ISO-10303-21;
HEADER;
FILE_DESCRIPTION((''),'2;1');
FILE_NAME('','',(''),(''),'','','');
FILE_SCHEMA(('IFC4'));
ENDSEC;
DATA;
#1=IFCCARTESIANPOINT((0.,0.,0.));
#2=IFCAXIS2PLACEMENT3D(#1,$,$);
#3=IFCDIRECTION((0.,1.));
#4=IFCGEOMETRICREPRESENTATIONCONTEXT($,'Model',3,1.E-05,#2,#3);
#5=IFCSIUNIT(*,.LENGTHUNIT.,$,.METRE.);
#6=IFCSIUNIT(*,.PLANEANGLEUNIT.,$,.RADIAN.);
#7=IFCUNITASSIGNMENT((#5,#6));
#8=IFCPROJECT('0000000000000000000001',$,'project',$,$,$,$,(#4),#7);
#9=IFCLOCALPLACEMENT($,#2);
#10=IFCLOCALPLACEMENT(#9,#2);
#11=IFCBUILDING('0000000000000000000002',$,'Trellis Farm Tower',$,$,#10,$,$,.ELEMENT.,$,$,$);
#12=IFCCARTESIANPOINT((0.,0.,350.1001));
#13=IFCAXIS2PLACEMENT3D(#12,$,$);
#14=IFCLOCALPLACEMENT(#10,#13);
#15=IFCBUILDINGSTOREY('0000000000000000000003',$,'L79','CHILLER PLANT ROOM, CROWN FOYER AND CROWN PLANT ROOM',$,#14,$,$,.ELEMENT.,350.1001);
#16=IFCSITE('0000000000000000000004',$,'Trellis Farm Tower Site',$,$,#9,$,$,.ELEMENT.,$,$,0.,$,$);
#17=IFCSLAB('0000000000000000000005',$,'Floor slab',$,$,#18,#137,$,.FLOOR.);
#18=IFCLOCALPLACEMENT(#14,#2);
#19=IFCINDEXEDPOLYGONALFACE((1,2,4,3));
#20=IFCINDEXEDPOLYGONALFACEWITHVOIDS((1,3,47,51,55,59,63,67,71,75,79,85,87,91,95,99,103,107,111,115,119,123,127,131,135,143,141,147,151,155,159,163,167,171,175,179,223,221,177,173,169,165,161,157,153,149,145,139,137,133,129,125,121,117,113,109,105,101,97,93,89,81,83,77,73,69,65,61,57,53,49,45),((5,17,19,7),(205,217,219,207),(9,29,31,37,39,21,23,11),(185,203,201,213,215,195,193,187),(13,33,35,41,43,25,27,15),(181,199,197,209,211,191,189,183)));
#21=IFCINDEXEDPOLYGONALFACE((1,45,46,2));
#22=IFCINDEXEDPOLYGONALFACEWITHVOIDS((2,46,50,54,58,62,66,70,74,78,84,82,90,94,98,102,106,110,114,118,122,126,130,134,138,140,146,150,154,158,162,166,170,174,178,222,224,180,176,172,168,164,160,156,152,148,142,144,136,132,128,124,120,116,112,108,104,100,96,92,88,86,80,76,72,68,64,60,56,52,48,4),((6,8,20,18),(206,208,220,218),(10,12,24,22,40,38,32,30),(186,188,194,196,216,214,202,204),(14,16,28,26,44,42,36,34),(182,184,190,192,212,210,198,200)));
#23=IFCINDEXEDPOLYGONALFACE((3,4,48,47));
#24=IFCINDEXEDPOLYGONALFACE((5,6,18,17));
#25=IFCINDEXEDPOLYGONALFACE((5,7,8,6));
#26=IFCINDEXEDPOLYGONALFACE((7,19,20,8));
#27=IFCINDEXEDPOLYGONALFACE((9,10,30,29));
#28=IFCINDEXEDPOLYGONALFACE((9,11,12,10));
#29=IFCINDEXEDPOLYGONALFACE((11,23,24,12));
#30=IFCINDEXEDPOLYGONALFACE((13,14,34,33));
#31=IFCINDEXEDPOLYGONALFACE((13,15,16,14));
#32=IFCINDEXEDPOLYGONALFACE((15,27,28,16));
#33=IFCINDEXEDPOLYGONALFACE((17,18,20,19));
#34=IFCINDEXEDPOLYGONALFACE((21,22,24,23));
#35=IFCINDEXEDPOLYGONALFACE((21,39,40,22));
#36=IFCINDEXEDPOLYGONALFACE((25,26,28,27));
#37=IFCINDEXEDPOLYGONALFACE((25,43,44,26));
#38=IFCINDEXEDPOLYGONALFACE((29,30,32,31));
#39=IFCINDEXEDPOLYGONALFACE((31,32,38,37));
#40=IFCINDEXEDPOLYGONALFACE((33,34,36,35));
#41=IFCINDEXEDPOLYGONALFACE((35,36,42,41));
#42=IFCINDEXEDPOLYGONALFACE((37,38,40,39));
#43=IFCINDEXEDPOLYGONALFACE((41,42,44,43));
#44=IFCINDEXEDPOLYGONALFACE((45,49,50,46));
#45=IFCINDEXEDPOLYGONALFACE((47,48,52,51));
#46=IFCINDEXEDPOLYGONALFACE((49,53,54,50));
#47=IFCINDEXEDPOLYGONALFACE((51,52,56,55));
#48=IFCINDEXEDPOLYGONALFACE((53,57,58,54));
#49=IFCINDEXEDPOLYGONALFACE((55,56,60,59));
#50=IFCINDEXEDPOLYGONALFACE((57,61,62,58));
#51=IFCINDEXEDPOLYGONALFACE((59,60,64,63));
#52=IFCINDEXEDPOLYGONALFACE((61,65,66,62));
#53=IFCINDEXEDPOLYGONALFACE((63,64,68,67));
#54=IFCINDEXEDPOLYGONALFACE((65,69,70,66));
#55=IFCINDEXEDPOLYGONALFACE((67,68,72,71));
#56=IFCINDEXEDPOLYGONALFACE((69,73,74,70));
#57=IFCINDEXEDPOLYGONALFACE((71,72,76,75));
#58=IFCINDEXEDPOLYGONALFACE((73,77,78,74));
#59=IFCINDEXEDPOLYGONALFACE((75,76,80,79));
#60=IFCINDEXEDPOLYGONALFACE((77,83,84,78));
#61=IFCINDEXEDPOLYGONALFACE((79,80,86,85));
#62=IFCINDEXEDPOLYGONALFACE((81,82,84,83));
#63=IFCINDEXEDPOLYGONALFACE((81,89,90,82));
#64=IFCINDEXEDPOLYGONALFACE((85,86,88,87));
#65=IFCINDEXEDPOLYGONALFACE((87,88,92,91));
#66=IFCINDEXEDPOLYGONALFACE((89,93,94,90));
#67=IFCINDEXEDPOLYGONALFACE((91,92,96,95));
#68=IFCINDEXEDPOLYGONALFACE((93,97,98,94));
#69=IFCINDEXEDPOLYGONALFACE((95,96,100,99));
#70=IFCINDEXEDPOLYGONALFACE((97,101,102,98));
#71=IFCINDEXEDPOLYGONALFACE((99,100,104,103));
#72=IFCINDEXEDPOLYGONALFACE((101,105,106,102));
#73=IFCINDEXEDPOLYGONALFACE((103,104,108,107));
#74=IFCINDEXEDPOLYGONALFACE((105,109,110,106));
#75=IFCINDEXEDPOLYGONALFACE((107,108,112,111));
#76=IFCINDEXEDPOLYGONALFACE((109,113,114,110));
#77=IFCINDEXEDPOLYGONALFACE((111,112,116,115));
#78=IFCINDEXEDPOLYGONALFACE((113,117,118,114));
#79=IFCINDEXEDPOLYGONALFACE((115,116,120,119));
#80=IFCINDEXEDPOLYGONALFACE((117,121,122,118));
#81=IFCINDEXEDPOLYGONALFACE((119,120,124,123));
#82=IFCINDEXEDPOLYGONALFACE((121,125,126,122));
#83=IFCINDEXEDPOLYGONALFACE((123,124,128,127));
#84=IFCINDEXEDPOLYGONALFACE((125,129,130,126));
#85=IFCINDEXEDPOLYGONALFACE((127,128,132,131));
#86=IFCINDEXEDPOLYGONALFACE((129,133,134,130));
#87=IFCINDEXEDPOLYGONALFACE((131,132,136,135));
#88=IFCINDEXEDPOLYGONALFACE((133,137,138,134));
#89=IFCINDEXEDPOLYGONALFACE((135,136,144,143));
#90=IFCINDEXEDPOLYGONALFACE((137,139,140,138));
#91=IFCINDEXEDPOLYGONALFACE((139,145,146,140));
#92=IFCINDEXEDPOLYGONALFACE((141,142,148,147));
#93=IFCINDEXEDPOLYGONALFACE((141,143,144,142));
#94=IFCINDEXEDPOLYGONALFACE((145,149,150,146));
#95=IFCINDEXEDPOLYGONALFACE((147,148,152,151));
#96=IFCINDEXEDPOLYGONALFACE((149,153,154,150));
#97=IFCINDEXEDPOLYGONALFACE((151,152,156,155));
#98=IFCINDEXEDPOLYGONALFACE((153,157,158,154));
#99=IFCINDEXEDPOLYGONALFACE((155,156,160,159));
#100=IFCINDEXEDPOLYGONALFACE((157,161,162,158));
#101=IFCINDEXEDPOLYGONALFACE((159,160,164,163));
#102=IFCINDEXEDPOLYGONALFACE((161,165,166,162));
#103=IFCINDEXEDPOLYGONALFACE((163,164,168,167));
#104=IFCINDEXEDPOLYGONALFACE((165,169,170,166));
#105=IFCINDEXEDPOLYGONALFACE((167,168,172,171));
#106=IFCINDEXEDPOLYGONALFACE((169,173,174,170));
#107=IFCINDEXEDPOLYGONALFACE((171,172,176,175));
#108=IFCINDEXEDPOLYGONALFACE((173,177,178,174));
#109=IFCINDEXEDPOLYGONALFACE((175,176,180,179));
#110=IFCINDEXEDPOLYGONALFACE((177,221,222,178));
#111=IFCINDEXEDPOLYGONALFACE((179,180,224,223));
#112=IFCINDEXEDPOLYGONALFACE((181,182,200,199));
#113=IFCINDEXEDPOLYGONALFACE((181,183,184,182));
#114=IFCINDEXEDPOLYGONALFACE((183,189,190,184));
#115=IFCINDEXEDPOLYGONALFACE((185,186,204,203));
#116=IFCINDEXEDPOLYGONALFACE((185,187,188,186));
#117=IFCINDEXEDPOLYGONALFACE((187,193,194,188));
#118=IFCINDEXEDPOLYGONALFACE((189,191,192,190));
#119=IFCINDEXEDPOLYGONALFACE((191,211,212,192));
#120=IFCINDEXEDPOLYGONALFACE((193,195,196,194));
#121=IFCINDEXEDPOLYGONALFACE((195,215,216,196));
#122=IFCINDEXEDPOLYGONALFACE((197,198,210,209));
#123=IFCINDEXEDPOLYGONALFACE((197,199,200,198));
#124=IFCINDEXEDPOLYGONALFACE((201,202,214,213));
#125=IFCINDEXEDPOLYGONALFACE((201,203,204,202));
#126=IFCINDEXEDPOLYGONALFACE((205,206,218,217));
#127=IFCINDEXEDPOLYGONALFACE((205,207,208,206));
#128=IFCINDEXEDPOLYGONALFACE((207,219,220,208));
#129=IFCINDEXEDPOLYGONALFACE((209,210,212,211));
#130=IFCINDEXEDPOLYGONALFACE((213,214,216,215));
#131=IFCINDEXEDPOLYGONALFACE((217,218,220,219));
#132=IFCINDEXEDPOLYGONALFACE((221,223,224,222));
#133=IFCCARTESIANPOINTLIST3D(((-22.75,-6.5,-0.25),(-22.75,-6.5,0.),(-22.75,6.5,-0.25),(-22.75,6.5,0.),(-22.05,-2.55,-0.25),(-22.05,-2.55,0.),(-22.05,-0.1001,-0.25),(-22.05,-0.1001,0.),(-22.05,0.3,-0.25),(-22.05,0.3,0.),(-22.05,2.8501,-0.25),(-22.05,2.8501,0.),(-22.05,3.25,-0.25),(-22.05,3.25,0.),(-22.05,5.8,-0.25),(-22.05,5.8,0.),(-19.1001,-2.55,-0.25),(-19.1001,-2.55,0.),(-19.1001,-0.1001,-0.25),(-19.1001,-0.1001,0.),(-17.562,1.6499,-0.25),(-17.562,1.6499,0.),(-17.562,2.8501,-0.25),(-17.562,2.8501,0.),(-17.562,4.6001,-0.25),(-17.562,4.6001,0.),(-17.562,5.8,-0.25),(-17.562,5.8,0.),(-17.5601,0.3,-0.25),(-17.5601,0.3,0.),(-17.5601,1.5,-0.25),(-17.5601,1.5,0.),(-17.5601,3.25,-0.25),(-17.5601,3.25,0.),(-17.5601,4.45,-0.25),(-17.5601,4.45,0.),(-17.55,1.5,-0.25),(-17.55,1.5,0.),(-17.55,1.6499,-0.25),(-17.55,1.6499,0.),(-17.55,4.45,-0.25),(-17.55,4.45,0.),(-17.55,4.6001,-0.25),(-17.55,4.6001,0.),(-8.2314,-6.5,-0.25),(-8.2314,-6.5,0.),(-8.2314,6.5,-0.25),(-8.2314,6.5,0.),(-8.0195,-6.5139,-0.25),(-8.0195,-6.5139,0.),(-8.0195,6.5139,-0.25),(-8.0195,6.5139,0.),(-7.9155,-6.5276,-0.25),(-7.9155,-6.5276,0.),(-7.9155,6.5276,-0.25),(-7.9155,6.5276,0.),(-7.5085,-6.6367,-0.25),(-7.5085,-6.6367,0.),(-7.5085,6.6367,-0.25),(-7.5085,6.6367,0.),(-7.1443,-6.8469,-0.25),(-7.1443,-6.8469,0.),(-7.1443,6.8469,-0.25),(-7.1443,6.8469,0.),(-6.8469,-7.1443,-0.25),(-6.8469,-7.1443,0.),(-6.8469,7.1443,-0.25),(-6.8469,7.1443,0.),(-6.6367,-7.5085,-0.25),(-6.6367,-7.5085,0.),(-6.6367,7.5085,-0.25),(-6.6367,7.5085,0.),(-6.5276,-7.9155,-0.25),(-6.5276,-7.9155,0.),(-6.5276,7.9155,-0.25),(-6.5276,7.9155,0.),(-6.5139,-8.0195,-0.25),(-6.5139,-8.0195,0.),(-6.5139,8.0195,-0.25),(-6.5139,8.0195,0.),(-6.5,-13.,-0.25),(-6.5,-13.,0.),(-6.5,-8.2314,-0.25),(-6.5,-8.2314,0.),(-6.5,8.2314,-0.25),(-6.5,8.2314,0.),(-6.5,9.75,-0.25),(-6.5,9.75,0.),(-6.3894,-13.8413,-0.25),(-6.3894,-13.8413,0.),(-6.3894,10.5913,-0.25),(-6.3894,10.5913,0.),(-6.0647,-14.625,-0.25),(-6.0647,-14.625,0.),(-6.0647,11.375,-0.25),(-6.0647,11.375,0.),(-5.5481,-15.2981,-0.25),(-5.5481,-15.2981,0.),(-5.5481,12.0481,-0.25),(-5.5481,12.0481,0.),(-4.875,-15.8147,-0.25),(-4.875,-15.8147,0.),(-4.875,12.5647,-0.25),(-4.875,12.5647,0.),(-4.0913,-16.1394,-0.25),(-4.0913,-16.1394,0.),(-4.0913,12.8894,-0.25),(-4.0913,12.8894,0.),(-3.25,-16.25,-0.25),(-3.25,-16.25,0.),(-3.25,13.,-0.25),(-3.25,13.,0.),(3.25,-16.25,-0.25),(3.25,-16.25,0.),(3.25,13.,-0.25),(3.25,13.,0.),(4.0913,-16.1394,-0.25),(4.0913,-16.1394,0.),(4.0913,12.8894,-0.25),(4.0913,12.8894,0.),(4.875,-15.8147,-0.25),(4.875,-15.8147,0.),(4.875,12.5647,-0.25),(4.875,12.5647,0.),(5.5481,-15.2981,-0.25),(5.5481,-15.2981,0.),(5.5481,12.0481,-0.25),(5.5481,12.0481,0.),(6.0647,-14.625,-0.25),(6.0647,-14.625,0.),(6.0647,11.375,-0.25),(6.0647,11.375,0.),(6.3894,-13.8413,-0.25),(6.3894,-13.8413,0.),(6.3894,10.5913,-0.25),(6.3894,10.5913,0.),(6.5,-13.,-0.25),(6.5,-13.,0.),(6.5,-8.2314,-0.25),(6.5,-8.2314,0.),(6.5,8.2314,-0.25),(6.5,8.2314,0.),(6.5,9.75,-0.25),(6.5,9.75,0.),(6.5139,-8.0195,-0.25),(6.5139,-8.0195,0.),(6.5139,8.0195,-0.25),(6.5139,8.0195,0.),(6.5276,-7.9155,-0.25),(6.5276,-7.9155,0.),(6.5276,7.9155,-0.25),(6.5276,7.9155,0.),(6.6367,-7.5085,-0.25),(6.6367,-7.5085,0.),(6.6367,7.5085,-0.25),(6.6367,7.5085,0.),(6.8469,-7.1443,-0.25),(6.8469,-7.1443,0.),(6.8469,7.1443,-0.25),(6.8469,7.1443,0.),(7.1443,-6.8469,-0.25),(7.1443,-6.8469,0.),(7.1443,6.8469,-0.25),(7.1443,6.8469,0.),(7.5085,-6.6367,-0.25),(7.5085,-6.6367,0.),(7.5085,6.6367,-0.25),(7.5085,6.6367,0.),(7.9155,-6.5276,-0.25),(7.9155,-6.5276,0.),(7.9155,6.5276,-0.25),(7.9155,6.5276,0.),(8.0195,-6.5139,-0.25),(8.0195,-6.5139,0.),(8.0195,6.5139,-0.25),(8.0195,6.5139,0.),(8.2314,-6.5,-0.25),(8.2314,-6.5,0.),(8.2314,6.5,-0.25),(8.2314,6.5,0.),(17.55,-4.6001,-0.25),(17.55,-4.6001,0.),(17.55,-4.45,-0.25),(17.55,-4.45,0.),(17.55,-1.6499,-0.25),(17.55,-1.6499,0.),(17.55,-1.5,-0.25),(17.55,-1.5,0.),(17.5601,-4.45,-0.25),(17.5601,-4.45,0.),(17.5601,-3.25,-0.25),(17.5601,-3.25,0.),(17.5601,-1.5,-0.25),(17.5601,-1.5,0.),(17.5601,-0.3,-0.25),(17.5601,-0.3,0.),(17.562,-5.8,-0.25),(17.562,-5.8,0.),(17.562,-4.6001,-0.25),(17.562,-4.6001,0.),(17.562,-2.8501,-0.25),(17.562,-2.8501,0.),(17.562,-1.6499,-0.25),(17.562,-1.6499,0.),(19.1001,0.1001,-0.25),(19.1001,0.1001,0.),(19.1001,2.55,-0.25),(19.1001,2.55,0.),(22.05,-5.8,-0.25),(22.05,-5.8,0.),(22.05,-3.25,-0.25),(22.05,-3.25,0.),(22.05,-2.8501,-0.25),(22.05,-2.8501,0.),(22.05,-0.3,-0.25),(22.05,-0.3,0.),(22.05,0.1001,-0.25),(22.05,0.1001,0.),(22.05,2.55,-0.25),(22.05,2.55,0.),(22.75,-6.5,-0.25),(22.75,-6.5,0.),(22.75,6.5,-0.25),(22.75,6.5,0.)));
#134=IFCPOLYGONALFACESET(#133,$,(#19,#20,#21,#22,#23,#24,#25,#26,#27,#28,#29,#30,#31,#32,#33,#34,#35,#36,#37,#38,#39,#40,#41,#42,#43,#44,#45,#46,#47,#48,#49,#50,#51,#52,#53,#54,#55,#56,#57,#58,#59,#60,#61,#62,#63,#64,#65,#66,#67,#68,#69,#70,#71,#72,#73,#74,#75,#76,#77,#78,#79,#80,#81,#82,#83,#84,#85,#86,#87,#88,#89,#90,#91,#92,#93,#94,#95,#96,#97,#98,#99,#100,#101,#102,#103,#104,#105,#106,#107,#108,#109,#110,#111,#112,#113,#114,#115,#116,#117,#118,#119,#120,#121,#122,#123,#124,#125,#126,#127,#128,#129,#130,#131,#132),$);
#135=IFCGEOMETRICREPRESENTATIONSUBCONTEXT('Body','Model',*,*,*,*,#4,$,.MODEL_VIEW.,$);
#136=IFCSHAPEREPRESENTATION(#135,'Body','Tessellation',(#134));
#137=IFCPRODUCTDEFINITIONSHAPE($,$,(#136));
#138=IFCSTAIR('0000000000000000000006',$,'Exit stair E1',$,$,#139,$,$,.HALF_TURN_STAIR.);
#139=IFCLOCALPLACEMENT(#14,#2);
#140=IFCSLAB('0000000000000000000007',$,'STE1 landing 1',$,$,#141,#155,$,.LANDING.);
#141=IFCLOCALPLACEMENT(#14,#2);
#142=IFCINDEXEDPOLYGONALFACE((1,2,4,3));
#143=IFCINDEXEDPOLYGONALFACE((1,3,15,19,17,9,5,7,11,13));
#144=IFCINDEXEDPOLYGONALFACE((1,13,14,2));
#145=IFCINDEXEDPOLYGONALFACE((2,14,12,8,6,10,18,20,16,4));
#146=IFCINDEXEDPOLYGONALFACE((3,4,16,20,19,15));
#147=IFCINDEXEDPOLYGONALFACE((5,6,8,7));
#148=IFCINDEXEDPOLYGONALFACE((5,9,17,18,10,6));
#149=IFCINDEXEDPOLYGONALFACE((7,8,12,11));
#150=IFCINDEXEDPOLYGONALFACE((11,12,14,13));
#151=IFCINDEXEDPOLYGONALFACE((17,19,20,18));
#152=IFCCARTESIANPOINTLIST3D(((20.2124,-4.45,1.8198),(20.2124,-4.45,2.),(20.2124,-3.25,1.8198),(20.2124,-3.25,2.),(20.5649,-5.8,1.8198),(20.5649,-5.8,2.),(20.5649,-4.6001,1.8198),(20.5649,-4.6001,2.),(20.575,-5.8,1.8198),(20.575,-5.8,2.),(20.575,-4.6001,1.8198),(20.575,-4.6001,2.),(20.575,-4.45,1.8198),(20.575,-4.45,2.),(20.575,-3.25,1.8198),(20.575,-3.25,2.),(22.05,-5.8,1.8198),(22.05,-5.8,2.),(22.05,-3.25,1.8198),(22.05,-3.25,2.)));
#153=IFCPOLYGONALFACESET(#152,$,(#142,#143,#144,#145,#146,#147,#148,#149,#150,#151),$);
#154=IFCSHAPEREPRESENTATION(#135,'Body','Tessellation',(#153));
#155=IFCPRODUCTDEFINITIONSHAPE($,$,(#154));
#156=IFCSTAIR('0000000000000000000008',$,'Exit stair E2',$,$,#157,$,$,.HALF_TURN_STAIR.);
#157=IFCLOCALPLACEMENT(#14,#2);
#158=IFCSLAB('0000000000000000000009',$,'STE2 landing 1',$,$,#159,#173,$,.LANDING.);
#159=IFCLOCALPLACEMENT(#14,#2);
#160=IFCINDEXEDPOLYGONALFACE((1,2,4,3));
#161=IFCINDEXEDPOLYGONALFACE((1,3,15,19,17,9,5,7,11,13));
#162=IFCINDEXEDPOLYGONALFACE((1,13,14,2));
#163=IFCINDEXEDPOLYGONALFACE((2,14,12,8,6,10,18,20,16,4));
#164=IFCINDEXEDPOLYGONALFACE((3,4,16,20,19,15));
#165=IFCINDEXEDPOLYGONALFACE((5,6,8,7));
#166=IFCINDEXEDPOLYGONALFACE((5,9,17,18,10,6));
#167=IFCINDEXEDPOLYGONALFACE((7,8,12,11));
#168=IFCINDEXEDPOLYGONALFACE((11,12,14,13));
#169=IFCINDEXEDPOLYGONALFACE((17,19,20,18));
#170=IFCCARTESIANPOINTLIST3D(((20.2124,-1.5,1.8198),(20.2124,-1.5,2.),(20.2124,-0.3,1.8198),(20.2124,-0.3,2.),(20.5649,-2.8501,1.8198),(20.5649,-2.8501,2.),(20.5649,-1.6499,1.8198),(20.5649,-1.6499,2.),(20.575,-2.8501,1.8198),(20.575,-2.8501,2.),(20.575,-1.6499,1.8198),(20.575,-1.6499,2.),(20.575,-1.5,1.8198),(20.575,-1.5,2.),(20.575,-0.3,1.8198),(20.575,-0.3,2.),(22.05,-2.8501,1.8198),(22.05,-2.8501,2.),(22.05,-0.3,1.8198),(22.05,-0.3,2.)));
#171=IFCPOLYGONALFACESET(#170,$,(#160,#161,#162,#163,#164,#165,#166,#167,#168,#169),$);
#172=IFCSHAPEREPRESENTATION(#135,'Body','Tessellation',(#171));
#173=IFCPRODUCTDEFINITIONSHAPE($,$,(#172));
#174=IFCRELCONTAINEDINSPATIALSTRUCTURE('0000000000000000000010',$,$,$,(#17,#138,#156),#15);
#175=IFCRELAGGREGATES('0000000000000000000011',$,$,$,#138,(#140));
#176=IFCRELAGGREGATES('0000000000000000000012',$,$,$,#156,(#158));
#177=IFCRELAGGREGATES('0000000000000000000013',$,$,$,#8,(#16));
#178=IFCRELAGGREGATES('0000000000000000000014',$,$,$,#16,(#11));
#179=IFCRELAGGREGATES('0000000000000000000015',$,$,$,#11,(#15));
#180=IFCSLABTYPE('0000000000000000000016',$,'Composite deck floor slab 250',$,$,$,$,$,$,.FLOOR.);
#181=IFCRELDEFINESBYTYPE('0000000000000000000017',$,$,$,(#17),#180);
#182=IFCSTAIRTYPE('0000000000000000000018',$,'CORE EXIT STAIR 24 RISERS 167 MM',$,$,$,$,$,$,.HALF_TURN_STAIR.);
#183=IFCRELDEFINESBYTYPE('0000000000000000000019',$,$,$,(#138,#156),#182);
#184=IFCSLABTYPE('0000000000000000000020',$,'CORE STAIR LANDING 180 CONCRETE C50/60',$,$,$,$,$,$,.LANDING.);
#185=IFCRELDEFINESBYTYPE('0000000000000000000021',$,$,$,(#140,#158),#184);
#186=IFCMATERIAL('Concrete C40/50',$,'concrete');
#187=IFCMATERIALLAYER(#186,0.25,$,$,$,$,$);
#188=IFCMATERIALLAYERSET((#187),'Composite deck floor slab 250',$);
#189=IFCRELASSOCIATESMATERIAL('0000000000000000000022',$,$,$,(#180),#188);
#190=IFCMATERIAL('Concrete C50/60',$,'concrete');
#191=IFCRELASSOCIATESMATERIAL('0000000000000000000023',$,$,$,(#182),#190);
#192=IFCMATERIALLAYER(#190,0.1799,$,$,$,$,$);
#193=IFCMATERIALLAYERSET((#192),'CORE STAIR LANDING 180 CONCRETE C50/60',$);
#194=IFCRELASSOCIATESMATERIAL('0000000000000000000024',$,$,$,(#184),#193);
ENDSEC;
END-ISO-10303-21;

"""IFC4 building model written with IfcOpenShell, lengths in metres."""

from ifc_helpers import new_model, si_unit, direction, frame, origin, place, context, subcontext, project, spatial, polyline, outline, extrude, source, transform, mapped, material, layer, layer_set, type_object, element, aggregate, save


model = new_model("IFC4")

# Units and contexts
model_context = context("Model", 3, precision=1e-05, world=origin(), true_north=direction((0.0, 1.0)))
body_context = subcontext(model_context, "Body", "Model", "MODEL_VIEW")
ifc_project = project(units=[si_unit("LENGTHUNIT", "METRE"), si_unit("PLANEANGLEUNIT", "RADIAN")], contexts=[model_context])

# Site, building, storey
site_placement = place(None, origin())
site = spatial("IfcSite", under=ifc_project, at=site_placement, Name="Trellis Farm Tower Site", CompositionType="ELEMENT", RefElevation=0.0)
building_placement = place(site_placement, origin())
building = spatial("IfcBuilding", under=site, at=building_placement, Name="Trellis Farm Tower", CompositionType="ELEMENT")
storey_placement = place(building_placement, frame((0.0, 0.0, 350.1001)))
storey = spatial("IfcBuildingStorey", under=building, at=storey_placement, Name="L79", Description="CHILLER PLANT ROOM, CROWN FOYER AND CROWN PLANT ROOM", CompositionType="ELEMENT", Elevation=350.1001)

# Shared definitions
ifc_material_1 = material(Name="Concrete C50/60", Category="concrete")

# Shared definitions
placement_1 = place(storey_placement, origin())

# Slab
ifc_material_2 = material(Name="Concrete C40/50", Category="concrete")
ifc_layer_1 = layer(ifc_material_2, 0.25)
ifc_layer_set_1 = layer_set([ifc_layer_1], Name="Composite deck floor slab 250")
slab_type_1 = type_object("IfcSlabType", Name="Composite deck floor slab 250", PredefinedType="FLOOR", material=ifc_layer_set_1)
shared_shape_1 = source(origin(), body_context, "Body", "SweptSolid", [
    extrude(outline(polyline([(-22.75, 6.5), (-8.2314, 6.5), (-8.0195, 6.5139), (-7.9155, 6.5276), (-7.5085, 6.6367), (-7.1443, 6.8469), (-6.8469, 7.1443), (-6.6367, 7.5085), (-6.5276, 7.9155), (-6.5139, 8.0195), (-6.5, 8.2314), (-6.5, 9.75), (-6.3894, 10.5913), (-6.0647, 11.375), (-5.5481, 12.0481), (-4.875, 12.5647), (-4.0913, 12.8894), (-3.25, 13.0), (3.25, 13.0), (4.0913, 12.8894), (4.875, 12.5647), (5.5481, 12.0481), (6.0647, 11.375), (6.3894, 10.5913), (6.5, 9.75), (6.5, 8.2314), (6.5139, 8.0195), (6.5276, 7.9155), (6.6367, 7.5085), (6.8469, 7.1443), (7.1443, 6.8469), (7.5085, 6.6367), (7.9155, 6.5276), (8.0195, 6.5139), (8.2314, 6.5), (22.75, 6.5), (22.75, -6.5), (8.2314, -6.5), (8.0195, -6.5139), (7.9155, -6.5276), (7.5085, -6.6367), (7.1443, -6.8469), (6.8469, -7.1443), (6.6367, -7.5085), (6.5276, -7.9155), (6.5139, -8.0195), (6.5, -8.2314), (6.5, -13.0), (6.3894, -13.8413), (6.0647, -14.625), (5.5481, -15.2981), (4.875, -15.8147), (4.0913, -16.1394), (3.25, -16.25), (-3.25, -16.25), (-4.0913, -16.1394), (-4.875, -15.8147), (-5.5481, -15.2981), (-6.0647, -14.625), (-6.3894, -13.8413), (-6.5, -13.0), (-6.5, -8.2314), (-6.5139, -8.0195), (-6.5276, -7.9155), (-6.6367, -7.5085), (-6.8469, -7.1443), (-7.1443, -6.8469), (-7.5085, -6.6367), (-7.9155, -6.5276), (-8.0195, -6.5139), (-8.2314, -6.5), (-22.75, -6.5), (-22.75, 6.5)]), holes=[polyline([(22.05, -5.8), (22.05, -3.25), (17.5601, -3.25), (17.5601, -4.45), (17.55, -4.45), (17.55, -4.6001), (17.562, -4.6001), (17.562, -5.8), (22.05, -5.8)]), polyline([(17.562, -2.8501), (22.05, -2.8501), (22.05, -0.3), (17.5601, -0.3), (17.5601, -1.5), (17.55, -1.5), (17.55, -1.6499), (17.562, -1.6499), (17.562, -2.8501)]), polyline([(-22.05, -2.55), (-19.1001, -2.55), (-19.1001, -0.1001), (-22.05, -0.1001), (-22.05, -2.55)]), polyline([(19.1001, 2.55), (19.1001, 0.1001), (22.05, 0.1001), (22.05, 2.55), (19.1001, 2.55)]), polyline([(-17.562, 2.8501), (-22.05, 2.8501), (-22.05, 0.3), (-17.5601, 0.3), (-17.5601, 1.5), (-17.55, 1.5), (-17.55, 1.6499), (-17.562, 1.6499), (-17.562, 2.8501)]), polyline([(-17.562, 5.8), (-22.05, 5.8), (-22.05, 3.25), (-17.5601, 3.25), (-17.5601, 4.45), (-17.55, 4.45), (-17.55, 4.6001), (-17.562, 4.6001), (-17.562, 5.8)])]), origin(), (0.0, 0.0, 1.0), 0.25),
])
slab_1_placement = place(storey_placement, frame((0.0, 0.0, -0.25)))
element("IfcSlab", 1, at=slab_1_placement, inside=storey, type_object=slab_type_1, Name="Floor slab", PredefinedType="FLOOR", context=body_context, shape_type="MappedRepresentation", body=[
    mapped(shared_shape_1, transform((0.0, 0.0, 0.0))),
])

# Stairs, slabs
stair_type = type_object("IfcStairType", Name="CORE EXIT STAIR 24 RISERS 167 MM", PredefinedType="HALF_TURN_STAIR", material=ifc_material_1)
stair_1 = element("IfcStair", 2, at=placement_1, inside=storey, type_object=stair_type, Name="Exit stair E1", PredefinedType="HALF_TURN_STAIR")
ifc_layer_2 = layer(ifc_material_1, 0.1799)
ifc_layer_set_2 = layer_set([ifc_layer_2], Name="CORE STAIR LANDING 180 CONCRETE C50/60")
slab_type_2 = type_object("IfcSlabType", Name="CORE STAIR LANDING 180 CONCRETE C50/60", PredefinedType="LANDING", material=ifc_layer_set_2)
shared_shape_2 = source(origin(), body_context, "Body", "SweptSolid", [
    extrude(outline(polyline([(20.5649, -5.8), (20.5649, -4.6001), (20.575, -4.6001), (20.575, -4.45), (20.2124, -4.45), (20.2124, -3.25), (20.575, -3.25), (22.05, -3.25), (22.05, -5.8), (20.575, -5.8), (20.5649, -5.8)])), origin(), (0.0, 0.0, 1.0), 0.1802),
])
placement_2 = place(storey_placement, frame((0.0, 0.0, 1.8198)))
slab_2 = element("IfcSlab", 3, at=placement_2, type_object=slab_type_2, Name="STE1 landing 1", PredefinedType="LANDING", context=body_context, shape_type="MappedRepresentation", body=[
    mapped(shared_shape_2, transform((0.0, 0.0, 0.0))),
])
aggregate(stair_1, [slab_2])
stair_2 = element("IfcStair", 4, at=placement_1, inside=storey, type_object=stair_type, Name="Exit stair E2", PredefinedType="HALF_TURN_STAIR")
shared_shape_3 = source(origin(), body_context, "Body", "SweptSolid", [
    extrude(outline(polyline([(20.5649, -2.8501), (20.5649, -1.6499), (20.575, -1.6499), (20.575, -1.5), (20.2124, -1.5), (20.2124, -0.3), (20.575, -0.3), (22.05, -0.3), (22.05, -2.8501), (20.575, -2.8501), (20.5649, -2.8501)])), origin(), (0.0, 0.0, 1.0), 0.1802),
])
slab_3 = element("IfcSlab", 5, at=placement_2, type_object=slab_type_2, Name="STE2 landing 1", PredefinedType="LANDING", context=body_context, shape_type="MappedRepresentation", body=[
    mapped(shared_shape_3, transform((0.0, 0.0, 0.0))),
])
aggregate(stair_2, [slab_3])

save(model, "model.ifc")
